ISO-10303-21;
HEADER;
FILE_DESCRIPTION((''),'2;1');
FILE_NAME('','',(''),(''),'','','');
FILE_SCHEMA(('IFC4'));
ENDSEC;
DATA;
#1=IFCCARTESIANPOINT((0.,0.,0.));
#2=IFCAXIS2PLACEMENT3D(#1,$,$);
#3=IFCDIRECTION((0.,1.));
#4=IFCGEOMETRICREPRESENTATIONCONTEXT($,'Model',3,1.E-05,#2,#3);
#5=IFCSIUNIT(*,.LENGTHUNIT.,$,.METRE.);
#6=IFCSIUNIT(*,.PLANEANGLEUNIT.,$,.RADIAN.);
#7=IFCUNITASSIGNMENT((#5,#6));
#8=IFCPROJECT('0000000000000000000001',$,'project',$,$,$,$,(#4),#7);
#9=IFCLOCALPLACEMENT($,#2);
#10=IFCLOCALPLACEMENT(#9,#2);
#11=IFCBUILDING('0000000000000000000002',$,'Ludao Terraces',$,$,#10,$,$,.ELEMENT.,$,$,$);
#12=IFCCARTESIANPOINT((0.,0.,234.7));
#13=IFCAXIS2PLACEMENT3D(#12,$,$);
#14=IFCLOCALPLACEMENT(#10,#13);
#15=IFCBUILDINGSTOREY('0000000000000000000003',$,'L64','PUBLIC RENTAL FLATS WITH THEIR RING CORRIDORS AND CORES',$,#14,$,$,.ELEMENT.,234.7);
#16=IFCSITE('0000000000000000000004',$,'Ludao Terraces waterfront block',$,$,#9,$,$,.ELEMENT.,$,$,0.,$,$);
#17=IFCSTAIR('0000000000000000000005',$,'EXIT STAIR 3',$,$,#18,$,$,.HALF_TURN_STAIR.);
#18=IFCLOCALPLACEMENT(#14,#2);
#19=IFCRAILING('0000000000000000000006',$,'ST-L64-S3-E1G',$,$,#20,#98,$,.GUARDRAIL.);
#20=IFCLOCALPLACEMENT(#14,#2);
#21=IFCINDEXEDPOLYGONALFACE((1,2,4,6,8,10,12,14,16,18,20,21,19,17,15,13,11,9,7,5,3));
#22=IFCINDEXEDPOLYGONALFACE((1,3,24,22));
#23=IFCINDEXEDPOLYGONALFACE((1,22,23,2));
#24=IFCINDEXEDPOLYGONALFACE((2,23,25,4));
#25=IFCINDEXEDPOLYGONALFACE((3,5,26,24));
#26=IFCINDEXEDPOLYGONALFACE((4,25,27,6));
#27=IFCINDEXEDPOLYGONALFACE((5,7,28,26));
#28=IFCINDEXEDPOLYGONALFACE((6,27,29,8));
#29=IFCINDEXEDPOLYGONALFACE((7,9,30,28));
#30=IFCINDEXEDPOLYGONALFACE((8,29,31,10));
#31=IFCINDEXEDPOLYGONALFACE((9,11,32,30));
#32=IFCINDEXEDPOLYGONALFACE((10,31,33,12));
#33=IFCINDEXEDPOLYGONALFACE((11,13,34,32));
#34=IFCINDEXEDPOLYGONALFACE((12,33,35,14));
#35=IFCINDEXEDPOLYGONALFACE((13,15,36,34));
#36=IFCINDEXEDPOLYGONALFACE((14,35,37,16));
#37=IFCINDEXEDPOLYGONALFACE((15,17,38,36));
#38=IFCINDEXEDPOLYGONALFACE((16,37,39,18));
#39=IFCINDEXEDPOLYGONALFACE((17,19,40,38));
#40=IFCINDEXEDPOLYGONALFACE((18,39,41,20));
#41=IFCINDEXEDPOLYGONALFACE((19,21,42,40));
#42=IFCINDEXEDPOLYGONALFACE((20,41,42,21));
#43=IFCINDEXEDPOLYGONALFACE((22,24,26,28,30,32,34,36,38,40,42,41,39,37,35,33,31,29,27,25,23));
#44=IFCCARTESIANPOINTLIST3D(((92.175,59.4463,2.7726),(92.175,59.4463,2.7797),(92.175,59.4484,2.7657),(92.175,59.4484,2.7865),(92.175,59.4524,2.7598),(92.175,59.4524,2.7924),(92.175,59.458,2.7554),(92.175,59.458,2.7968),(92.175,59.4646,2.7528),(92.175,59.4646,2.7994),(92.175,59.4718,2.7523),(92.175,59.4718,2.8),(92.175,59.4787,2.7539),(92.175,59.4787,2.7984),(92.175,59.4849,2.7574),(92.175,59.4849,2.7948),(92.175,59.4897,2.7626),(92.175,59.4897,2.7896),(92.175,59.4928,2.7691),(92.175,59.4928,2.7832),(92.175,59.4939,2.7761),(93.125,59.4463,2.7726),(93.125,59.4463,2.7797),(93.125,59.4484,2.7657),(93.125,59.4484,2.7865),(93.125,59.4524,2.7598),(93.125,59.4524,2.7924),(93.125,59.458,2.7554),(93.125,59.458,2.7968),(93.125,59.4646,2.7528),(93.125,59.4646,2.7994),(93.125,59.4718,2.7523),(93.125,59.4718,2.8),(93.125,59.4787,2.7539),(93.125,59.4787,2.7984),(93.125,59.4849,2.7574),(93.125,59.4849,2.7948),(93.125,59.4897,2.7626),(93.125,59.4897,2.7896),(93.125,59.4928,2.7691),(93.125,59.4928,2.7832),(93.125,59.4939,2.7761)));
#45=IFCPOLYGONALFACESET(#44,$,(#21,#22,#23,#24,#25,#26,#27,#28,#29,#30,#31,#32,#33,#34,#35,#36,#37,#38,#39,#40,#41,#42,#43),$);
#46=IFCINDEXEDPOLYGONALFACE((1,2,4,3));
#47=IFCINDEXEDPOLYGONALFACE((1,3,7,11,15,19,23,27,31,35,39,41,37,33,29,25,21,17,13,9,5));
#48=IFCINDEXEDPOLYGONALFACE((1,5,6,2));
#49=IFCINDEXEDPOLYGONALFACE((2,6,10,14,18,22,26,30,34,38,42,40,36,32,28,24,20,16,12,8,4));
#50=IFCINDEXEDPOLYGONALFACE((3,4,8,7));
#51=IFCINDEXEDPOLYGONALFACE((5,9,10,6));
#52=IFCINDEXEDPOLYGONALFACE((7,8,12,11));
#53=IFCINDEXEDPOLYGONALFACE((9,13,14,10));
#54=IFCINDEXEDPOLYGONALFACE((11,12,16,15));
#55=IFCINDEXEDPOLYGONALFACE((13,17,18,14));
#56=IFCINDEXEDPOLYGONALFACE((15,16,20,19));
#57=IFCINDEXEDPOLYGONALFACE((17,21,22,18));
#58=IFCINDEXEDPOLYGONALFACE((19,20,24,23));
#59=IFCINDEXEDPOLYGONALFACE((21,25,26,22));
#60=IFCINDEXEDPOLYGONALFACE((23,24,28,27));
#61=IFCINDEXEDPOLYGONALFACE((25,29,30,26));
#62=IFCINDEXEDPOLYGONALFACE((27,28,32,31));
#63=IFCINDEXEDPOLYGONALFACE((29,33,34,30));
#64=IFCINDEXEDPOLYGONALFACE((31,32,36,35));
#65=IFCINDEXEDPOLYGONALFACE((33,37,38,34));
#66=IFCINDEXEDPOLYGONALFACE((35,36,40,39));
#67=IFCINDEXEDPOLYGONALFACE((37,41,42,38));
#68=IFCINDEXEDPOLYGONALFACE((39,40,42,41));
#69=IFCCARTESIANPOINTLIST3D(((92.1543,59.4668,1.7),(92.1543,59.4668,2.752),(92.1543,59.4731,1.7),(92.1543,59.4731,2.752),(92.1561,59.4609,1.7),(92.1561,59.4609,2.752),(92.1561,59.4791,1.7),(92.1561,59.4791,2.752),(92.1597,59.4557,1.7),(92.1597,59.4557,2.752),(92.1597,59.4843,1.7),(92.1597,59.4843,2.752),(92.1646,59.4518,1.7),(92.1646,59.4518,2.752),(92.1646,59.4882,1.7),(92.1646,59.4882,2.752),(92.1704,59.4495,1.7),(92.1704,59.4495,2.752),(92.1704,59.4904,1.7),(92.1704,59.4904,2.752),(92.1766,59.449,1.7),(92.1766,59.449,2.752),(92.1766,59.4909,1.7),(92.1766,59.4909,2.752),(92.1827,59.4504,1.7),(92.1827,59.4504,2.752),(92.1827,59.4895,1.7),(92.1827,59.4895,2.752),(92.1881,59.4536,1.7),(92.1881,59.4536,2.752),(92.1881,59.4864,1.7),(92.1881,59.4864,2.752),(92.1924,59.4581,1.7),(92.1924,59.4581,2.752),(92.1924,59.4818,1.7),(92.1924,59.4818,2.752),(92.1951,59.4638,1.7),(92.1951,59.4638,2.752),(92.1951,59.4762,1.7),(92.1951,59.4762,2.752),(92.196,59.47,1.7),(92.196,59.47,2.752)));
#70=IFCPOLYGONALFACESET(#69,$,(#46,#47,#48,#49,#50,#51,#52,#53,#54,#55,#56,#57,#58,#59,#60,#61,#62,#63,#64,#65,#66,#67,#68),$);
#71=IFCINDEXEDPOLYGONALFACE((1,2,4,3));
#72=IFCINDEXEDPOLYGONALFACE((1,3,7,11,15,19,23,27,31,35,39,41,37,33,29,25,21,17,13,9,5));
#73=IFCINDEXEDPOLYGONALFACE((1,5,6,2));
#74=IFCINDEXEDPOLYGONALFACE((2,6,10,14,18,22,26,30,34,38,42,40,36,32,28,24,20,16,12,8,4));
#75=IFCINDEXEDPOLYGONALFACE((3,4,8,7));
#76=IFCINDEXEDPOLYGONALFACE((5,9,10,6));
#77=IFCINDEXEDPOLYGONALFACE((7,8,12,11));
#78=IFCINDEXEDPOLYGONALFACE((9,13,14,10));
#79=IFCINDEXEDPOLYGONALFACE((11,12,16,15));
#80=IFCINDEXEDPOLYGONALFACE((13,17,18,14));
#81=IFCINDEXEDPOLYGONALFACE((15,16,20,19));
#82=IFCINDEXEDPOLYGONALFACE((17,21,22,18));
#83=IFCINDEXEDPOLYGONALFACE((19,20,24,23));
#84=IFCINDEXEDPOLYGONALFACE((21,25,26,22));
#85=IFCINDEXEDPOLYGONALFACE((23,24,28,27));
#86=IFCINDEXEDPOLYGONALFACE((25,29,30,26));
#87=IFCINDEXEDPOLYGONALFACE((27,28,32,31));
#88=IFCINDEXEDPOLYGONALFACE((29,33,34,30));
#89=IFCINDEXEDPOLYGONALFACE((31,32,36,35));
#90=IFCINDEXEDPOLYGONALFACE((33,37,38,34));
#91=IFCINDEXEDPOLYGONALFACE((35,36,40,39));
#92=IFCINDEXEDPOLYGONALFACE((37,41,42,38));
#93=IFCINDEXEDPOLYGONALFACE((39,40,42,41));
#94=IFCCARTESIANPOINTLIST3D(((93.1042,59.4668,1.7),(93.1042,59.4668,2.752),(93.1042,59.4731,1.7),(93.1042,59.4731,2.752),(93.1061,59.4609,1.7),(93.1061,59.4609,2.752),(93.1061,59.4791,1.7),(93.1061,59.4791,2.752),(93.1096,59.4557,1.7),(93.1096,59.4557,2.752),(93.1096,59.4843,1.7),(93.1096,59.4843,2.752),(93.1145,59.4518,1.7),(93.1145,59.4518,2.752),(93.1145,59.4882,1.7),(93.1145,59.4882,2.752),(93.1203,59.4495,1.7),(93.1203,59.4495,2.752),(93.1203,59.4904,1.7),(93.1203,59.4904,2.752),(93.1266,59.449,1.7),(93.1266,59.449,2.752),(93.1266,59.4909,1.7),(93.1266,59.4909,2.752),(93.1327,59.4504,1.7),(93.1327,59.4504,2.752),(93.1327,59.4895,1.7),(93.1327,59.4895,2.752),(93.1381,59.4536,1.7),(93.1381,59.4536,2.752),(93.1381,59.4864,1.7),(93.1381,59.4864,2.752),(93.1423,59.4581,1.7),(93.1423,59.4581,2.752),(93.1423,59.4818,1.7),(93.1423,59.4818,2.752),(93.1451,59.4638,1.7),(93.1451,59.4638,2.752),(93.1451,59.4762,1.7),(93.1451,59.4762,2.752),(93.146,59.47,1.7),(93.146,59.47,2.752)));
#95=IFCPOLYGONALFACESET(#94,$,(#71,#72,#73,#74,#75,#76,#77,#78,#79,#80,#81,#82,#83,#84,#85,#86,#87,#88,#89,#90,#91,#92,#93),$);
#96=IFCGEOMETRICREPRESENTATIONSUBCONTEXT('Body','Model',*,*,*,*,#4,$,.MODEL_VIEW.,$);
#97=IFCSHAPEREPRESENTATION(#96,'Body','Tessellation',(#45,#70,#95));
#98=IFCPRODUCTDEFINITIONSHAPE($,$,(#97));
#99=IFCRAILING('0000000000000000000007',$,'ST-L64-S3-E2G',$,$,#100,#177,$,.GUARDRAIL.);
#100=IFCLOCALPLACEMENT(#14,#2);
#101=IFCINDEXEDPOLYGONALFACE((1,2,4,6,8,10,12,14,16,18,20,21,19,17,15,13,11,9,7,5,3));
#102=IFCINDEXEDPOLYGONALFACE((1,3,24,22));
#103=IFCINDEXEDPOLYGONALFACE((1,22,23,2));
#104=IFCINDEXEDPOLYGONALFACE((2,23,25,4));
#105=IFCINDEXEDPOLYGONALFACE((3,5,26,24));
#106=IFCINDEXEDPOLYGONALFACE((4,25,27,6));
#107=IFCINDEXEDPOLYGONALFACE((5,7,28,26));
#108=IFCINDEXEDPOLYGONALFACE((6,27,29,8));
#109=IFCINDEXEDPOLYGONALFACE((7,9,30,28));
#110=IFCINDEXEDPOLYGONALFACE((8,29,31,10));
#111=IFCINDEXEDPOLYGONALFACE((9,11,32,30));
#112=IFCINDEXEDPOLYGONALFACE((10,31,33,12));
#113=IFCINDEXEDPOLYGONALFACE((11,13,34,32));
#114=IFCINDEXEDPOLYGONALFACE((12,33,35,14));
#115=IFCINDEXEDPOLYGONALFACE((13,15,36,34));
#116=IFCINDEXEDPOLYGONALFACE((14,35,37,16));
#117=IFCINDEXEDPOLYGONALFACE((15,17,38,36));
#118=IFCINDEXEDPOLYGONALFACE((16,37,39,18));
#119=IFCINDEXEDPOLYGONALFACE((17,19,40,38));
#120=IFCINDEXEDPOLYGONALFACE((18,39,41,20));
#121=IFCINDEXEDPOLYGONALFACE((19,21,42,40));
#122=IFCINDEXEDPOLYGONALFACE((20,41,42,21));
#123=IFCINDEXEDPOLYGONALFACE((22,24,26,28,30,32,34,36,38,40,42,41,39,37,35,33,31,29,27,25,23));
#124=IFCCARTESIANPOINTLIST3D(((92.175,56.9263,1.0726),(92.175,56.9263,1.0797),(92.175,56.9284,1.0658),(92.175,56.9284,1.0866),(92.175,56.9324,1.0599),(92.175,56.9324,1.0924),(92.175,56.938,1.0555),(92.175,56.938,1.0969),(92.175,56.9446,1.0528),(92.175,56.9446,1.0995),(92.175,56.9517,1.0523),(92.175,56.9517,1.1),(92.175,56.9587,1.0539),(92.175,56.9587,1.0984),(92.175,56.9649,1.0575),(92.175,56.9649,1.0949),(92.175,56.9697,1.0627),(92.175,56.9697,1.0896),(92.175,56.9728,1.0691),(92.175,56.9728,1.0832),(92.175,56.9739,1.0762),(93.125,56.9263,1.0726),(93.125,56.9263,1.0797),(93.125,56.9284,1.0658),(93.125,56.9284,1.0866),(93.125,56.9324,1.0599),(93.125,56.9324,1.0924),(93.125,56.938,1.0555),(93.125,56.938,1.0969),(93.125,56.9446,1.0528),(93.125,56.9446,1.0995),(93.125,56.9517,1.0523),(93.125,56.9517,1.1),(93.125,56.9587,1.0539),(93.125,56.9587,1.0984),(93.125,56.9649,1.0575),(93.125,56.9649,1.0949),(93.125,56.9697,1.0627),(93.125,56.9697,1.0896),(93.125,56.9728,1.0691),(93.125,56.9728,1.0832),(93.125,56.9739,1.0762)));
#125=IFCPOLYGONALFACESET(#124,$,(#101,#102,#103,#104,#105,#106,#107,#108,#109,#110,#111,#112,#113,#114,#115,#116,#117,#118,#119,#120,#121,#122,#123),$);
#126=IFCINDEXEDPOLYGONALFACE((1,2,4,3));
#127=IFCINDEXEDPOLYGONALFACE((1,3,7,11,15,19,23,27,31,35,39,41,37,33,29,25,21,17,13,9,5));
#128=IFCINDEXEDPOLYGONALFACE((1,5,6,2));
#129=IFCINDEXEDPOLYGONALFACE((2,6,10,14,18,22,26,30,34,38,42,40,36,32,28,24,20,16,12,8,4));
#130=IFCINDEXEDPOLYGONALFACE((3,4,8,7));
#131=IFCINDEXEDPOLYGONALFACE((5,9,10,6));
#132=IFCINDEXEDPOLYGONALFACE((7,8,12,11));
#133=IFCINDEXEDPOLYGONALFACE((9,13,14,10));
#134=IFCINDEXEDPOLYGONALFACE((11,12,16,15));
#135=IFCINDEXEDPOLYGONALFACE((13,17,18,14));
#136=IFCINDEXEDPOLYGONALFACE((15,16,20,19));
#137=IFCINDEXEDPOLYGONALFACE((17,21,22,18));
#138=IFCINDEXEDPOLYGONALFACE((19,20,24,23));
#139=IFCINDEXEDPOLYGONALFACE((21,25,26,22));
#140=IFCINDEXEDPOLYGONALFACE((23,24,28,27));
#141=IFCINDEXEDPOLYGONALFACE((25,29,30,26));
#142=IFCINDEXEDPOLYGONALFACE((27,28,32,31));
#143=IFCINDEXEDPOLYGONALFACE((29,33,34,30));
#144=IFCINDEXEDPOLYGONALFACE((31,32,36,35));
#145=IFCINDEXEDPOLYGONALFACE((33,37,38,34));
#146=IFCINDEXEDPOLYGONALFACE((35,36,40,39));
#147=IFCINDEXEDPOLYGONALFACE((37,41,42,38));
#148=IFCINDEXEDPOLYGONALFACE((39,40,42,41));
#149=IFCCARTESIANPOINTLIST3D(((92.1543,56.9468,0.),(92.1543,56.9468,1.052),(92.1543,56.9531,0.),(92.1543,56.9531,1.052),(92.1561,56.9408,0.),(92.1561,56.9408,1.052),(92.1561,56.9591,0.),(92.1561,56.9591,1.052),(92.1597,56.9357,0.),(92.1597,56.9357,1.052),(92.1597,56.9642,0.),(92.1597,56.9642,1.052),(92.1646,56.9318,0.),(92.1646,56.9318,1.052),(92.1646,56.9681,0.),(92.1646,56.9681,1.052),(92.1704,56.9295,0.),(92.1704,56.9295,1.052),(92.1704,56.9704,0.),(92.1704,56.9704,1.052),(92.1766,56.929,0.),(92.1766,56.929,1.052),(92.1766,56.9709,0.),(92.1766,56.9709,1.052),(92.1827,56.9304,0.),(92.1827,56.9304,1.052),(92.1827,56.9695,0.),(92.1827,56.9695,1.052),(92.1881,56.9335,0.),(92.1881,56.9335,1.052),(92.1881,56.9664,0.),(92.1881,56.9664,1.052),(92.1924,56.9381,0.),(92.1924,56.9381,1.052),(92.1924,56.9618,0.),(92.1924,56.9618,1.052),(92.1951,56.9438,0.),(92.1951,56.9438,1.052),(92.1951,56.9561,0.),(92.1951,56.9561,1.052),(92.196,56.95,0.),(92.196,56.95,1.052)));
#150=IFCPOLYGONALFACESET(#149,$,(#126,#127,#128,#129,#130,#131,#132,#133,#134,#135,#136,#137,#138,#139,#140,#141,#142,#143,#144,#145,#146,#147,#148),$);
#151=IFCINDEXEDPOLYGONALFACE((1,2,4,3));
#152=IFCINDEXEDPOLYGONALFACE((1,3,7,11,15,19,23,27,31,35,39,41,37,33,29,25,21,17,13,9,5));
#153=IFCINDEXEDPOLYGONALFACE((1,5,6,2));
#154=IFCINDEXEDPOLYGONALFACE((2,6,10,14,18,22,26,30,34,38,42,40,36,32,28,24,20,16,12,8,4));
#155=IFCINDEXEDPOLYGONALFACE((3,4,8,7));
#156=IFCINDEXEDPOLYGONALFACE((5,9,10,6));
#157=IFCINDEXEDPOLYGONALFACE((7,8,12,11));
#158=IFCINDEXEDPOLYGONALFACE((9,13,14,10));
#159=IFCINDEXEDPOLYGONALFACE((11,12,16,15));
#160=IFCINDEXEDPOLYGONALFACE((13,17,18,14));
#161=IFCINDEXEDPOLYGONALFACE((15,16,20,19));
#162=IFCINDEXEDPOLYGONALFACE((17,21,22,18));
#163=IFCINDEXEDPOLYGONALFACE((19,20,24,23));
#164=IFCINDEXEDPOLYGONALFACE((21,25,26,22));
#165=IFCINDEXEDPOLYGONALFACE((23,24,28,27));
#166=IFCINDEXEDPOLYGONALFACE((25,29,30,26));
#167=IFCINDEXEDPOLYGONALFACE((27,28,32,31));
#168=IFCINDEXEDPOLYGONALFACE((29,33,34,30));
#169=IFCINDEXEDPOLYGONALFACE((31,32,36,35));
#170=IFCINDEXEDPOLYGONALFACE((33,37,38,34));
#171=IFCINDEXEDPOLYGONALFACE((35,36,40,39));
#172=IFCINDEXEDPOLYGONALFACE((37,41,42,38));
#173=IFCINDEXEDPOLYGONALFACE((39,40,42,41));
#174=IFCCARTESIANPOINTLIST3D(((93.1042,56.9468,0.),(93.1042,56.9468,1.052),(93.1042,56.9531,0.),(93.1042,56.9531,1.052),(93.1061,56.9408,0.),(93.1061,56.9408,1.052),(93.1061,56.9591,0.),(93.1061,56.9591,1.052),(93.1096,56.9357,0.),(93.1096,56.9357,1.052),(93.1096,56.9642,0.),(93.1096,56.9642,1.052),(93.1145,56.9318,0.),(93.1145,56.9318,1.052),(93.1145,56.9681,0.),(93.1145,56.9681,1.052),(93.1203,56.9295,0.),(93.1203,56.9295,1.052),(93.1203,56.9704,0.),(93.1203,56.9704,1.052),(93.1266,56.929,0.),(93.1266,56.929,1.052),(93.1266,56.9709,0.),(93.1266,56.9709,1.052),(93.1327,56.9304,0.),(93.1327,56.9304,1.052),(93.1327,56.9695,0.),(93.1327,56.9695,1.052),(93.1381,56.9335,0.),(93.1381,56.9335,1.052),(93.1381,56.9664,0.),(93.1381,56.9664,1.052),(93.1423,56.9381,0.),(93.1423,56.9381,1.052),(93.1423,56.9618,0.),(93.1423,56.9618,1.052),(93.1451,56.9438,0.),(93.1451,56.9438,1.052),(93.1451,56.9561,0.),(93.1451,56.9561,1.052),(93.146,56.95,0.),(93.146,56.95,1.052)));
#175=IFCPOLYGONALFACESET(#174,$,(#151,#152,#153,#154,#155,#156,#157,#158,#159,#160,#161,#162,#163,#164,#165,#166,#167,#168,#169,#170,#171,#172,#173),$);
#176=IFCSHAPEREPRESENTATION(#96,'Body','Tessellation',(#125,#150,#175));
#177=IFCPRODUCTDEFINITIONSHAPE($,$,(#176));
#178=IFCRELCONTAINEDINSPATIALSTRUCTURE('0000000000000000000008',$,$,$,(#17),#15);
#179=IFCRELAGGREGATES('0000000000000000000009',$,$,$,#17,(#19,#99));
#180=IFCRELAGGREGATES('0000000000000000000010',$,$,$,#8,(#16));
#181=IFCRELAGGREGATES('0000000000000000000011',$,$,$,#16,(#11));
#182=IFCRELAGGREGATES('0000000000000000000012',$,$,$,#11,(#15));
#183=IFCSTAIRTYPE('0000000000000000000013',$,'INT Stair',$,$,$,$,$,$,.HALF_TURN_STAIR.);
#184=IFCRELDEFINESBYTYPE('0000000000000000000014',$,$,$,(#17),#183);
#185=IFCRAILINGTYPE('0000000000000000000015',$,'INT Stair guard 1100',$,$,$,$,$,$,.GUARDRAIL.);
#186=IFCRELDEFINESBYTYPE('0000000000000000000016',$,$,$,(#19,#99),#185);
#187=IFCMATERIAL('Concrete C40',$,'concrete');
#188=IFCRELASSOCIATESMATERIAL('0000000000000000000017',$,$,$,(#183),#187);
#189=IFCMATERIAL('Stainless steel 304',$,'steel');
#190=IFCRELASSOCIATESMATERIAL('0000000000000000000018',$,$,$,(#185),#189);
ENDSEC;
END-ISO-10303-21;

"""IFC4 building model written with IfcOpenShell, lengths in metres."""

from ifc_helpers import new_model, si_unit, direction, frame, origin, origin_2d, place, context, subcontext, project, spatial, circle, extrude, material, type_object, element, aggregate, save


model = new_model("IFC4")

# Units and contexts
model_context = context("Model", 3, precision=1e-05, world=origin(), true_north=direction((0.0, 1.0)))
body_context = subcontext(model_context, "Body", "Model", "MODEL_VIEW")
ifc_project = project(units=[si_unit("LENGTHUNIT", "METRE"), si_unit("PLANEANGLEUNIT", "RADIAN")], contexts=[model_context])

# Site, building, storey
site_placement = place(None, origin())
site = spatial("IfcSite", under=ifc_project, at=site_placement, Name="Ludao Terraces waterfront block", CompositionType="ELEMENT", RefElevation=0.0)
building_placement = place(site_placement, origin())
building = spatial("IfcBuilding", under=site, at=building_placement, Name="Ludao Terraces", CompositionType="ELEMENT")
storey_placement = place(building_placement, frame((0.0, 0.0, 234.7)))
storey = spatial("IfcBuildingStorey", under=building, at=storey_placement, Name="L64", Description="PUBLIC RENTAL FLATS WITH THEIR RING CORRIDORS AND CORES", CompositionType="ELEMENT", Elevation=234.7)

# Shared definitions
ifc_material_1 = material(Name="Concrete C40", Category="concrete")

# Stair, railings
stair_type = type_object("IfcStairType", Name="INT Stair", PredefinedType="HALF_TURN_STAIR", material=ifc_material_1)
stair_placement = place(storey_placement, origin())
stair = element("IfcStair", 1, at=stair_placement, inside=storey, type_object=stair_type, Name="EXIT STAIR 3", PredefinedType="HALF_TURN_STAIR")
ifc_material_2 = material(Name="Stainless steel 304", Category="steel")
railing_type_1 = type_object("IfcRailingType", Name="INT Stair guard 1100", PredefinedType="GUARDRAIL", material=ifc_material_2)
railing_1_placement = place(storey_placement, frame((92.175, 59.47, 1.7)))
railing_1 = element("IfcRailing", 2, at=railing_1_placement, type_object=railing_type_1, Name="ST-L64-S3-E1G", PredefinedType="GUARDRAIL", context=body_context, shape_type="SweptSolid", body=[
    extrude(circle(Radius=0.0239, at=origin_2d()), frame((0.0, 0.0, 1.0762), z_axis=(1.0, 0.0, 0.0), x_axis=(0.0, 1.0, 0.0)), (0.0, 0.0, 1.0), 0.95),
    extrude(circle(Radius=0.021, at=origin_2d()), origin(), (0.0, 0.0, 1.0), 1.052),
    extrude(circle(Radius=0.021, at=origin_2d()), frame((0.95, 0.0, 0.0)), (0.0, 0.0, 1.0), 1.052),
])
railing_2_placement = place(storey_placement, frame((92.175, 56.95, 0.0)))
railing_2 = element("IfcRailing", 3, at=railing_2_placement, type_object=railing_type_1, Name="ST-L64-S3-E2G", PredefinedType="GUARDRAIL", context=body_context, shape_type="SweptSolid", body=[
    extrude(circle(Radius=0.0239, at=origin_2d()), frame((0.0, 0.0, 1.0762), z_axis=(1.0, 0.0, 0.0), x_axis=(0.0, 1.0, 0.0)), (0.0, 0.0, 1.0), 0.95),
    extrude(circle(Radius=0.021, at=origin_2d()), origin(), (0.0, 0.0, 1.0), 1.052),
    extrude(circle(Radius=0.021, at=origin_2d()), frame((0.95, 0.0, 0.0)), (0.0, 0.0, 1.0), 1.052),
])
aggregate(stair, [railing_1, railing_2])

save(model, "model.ifc")
